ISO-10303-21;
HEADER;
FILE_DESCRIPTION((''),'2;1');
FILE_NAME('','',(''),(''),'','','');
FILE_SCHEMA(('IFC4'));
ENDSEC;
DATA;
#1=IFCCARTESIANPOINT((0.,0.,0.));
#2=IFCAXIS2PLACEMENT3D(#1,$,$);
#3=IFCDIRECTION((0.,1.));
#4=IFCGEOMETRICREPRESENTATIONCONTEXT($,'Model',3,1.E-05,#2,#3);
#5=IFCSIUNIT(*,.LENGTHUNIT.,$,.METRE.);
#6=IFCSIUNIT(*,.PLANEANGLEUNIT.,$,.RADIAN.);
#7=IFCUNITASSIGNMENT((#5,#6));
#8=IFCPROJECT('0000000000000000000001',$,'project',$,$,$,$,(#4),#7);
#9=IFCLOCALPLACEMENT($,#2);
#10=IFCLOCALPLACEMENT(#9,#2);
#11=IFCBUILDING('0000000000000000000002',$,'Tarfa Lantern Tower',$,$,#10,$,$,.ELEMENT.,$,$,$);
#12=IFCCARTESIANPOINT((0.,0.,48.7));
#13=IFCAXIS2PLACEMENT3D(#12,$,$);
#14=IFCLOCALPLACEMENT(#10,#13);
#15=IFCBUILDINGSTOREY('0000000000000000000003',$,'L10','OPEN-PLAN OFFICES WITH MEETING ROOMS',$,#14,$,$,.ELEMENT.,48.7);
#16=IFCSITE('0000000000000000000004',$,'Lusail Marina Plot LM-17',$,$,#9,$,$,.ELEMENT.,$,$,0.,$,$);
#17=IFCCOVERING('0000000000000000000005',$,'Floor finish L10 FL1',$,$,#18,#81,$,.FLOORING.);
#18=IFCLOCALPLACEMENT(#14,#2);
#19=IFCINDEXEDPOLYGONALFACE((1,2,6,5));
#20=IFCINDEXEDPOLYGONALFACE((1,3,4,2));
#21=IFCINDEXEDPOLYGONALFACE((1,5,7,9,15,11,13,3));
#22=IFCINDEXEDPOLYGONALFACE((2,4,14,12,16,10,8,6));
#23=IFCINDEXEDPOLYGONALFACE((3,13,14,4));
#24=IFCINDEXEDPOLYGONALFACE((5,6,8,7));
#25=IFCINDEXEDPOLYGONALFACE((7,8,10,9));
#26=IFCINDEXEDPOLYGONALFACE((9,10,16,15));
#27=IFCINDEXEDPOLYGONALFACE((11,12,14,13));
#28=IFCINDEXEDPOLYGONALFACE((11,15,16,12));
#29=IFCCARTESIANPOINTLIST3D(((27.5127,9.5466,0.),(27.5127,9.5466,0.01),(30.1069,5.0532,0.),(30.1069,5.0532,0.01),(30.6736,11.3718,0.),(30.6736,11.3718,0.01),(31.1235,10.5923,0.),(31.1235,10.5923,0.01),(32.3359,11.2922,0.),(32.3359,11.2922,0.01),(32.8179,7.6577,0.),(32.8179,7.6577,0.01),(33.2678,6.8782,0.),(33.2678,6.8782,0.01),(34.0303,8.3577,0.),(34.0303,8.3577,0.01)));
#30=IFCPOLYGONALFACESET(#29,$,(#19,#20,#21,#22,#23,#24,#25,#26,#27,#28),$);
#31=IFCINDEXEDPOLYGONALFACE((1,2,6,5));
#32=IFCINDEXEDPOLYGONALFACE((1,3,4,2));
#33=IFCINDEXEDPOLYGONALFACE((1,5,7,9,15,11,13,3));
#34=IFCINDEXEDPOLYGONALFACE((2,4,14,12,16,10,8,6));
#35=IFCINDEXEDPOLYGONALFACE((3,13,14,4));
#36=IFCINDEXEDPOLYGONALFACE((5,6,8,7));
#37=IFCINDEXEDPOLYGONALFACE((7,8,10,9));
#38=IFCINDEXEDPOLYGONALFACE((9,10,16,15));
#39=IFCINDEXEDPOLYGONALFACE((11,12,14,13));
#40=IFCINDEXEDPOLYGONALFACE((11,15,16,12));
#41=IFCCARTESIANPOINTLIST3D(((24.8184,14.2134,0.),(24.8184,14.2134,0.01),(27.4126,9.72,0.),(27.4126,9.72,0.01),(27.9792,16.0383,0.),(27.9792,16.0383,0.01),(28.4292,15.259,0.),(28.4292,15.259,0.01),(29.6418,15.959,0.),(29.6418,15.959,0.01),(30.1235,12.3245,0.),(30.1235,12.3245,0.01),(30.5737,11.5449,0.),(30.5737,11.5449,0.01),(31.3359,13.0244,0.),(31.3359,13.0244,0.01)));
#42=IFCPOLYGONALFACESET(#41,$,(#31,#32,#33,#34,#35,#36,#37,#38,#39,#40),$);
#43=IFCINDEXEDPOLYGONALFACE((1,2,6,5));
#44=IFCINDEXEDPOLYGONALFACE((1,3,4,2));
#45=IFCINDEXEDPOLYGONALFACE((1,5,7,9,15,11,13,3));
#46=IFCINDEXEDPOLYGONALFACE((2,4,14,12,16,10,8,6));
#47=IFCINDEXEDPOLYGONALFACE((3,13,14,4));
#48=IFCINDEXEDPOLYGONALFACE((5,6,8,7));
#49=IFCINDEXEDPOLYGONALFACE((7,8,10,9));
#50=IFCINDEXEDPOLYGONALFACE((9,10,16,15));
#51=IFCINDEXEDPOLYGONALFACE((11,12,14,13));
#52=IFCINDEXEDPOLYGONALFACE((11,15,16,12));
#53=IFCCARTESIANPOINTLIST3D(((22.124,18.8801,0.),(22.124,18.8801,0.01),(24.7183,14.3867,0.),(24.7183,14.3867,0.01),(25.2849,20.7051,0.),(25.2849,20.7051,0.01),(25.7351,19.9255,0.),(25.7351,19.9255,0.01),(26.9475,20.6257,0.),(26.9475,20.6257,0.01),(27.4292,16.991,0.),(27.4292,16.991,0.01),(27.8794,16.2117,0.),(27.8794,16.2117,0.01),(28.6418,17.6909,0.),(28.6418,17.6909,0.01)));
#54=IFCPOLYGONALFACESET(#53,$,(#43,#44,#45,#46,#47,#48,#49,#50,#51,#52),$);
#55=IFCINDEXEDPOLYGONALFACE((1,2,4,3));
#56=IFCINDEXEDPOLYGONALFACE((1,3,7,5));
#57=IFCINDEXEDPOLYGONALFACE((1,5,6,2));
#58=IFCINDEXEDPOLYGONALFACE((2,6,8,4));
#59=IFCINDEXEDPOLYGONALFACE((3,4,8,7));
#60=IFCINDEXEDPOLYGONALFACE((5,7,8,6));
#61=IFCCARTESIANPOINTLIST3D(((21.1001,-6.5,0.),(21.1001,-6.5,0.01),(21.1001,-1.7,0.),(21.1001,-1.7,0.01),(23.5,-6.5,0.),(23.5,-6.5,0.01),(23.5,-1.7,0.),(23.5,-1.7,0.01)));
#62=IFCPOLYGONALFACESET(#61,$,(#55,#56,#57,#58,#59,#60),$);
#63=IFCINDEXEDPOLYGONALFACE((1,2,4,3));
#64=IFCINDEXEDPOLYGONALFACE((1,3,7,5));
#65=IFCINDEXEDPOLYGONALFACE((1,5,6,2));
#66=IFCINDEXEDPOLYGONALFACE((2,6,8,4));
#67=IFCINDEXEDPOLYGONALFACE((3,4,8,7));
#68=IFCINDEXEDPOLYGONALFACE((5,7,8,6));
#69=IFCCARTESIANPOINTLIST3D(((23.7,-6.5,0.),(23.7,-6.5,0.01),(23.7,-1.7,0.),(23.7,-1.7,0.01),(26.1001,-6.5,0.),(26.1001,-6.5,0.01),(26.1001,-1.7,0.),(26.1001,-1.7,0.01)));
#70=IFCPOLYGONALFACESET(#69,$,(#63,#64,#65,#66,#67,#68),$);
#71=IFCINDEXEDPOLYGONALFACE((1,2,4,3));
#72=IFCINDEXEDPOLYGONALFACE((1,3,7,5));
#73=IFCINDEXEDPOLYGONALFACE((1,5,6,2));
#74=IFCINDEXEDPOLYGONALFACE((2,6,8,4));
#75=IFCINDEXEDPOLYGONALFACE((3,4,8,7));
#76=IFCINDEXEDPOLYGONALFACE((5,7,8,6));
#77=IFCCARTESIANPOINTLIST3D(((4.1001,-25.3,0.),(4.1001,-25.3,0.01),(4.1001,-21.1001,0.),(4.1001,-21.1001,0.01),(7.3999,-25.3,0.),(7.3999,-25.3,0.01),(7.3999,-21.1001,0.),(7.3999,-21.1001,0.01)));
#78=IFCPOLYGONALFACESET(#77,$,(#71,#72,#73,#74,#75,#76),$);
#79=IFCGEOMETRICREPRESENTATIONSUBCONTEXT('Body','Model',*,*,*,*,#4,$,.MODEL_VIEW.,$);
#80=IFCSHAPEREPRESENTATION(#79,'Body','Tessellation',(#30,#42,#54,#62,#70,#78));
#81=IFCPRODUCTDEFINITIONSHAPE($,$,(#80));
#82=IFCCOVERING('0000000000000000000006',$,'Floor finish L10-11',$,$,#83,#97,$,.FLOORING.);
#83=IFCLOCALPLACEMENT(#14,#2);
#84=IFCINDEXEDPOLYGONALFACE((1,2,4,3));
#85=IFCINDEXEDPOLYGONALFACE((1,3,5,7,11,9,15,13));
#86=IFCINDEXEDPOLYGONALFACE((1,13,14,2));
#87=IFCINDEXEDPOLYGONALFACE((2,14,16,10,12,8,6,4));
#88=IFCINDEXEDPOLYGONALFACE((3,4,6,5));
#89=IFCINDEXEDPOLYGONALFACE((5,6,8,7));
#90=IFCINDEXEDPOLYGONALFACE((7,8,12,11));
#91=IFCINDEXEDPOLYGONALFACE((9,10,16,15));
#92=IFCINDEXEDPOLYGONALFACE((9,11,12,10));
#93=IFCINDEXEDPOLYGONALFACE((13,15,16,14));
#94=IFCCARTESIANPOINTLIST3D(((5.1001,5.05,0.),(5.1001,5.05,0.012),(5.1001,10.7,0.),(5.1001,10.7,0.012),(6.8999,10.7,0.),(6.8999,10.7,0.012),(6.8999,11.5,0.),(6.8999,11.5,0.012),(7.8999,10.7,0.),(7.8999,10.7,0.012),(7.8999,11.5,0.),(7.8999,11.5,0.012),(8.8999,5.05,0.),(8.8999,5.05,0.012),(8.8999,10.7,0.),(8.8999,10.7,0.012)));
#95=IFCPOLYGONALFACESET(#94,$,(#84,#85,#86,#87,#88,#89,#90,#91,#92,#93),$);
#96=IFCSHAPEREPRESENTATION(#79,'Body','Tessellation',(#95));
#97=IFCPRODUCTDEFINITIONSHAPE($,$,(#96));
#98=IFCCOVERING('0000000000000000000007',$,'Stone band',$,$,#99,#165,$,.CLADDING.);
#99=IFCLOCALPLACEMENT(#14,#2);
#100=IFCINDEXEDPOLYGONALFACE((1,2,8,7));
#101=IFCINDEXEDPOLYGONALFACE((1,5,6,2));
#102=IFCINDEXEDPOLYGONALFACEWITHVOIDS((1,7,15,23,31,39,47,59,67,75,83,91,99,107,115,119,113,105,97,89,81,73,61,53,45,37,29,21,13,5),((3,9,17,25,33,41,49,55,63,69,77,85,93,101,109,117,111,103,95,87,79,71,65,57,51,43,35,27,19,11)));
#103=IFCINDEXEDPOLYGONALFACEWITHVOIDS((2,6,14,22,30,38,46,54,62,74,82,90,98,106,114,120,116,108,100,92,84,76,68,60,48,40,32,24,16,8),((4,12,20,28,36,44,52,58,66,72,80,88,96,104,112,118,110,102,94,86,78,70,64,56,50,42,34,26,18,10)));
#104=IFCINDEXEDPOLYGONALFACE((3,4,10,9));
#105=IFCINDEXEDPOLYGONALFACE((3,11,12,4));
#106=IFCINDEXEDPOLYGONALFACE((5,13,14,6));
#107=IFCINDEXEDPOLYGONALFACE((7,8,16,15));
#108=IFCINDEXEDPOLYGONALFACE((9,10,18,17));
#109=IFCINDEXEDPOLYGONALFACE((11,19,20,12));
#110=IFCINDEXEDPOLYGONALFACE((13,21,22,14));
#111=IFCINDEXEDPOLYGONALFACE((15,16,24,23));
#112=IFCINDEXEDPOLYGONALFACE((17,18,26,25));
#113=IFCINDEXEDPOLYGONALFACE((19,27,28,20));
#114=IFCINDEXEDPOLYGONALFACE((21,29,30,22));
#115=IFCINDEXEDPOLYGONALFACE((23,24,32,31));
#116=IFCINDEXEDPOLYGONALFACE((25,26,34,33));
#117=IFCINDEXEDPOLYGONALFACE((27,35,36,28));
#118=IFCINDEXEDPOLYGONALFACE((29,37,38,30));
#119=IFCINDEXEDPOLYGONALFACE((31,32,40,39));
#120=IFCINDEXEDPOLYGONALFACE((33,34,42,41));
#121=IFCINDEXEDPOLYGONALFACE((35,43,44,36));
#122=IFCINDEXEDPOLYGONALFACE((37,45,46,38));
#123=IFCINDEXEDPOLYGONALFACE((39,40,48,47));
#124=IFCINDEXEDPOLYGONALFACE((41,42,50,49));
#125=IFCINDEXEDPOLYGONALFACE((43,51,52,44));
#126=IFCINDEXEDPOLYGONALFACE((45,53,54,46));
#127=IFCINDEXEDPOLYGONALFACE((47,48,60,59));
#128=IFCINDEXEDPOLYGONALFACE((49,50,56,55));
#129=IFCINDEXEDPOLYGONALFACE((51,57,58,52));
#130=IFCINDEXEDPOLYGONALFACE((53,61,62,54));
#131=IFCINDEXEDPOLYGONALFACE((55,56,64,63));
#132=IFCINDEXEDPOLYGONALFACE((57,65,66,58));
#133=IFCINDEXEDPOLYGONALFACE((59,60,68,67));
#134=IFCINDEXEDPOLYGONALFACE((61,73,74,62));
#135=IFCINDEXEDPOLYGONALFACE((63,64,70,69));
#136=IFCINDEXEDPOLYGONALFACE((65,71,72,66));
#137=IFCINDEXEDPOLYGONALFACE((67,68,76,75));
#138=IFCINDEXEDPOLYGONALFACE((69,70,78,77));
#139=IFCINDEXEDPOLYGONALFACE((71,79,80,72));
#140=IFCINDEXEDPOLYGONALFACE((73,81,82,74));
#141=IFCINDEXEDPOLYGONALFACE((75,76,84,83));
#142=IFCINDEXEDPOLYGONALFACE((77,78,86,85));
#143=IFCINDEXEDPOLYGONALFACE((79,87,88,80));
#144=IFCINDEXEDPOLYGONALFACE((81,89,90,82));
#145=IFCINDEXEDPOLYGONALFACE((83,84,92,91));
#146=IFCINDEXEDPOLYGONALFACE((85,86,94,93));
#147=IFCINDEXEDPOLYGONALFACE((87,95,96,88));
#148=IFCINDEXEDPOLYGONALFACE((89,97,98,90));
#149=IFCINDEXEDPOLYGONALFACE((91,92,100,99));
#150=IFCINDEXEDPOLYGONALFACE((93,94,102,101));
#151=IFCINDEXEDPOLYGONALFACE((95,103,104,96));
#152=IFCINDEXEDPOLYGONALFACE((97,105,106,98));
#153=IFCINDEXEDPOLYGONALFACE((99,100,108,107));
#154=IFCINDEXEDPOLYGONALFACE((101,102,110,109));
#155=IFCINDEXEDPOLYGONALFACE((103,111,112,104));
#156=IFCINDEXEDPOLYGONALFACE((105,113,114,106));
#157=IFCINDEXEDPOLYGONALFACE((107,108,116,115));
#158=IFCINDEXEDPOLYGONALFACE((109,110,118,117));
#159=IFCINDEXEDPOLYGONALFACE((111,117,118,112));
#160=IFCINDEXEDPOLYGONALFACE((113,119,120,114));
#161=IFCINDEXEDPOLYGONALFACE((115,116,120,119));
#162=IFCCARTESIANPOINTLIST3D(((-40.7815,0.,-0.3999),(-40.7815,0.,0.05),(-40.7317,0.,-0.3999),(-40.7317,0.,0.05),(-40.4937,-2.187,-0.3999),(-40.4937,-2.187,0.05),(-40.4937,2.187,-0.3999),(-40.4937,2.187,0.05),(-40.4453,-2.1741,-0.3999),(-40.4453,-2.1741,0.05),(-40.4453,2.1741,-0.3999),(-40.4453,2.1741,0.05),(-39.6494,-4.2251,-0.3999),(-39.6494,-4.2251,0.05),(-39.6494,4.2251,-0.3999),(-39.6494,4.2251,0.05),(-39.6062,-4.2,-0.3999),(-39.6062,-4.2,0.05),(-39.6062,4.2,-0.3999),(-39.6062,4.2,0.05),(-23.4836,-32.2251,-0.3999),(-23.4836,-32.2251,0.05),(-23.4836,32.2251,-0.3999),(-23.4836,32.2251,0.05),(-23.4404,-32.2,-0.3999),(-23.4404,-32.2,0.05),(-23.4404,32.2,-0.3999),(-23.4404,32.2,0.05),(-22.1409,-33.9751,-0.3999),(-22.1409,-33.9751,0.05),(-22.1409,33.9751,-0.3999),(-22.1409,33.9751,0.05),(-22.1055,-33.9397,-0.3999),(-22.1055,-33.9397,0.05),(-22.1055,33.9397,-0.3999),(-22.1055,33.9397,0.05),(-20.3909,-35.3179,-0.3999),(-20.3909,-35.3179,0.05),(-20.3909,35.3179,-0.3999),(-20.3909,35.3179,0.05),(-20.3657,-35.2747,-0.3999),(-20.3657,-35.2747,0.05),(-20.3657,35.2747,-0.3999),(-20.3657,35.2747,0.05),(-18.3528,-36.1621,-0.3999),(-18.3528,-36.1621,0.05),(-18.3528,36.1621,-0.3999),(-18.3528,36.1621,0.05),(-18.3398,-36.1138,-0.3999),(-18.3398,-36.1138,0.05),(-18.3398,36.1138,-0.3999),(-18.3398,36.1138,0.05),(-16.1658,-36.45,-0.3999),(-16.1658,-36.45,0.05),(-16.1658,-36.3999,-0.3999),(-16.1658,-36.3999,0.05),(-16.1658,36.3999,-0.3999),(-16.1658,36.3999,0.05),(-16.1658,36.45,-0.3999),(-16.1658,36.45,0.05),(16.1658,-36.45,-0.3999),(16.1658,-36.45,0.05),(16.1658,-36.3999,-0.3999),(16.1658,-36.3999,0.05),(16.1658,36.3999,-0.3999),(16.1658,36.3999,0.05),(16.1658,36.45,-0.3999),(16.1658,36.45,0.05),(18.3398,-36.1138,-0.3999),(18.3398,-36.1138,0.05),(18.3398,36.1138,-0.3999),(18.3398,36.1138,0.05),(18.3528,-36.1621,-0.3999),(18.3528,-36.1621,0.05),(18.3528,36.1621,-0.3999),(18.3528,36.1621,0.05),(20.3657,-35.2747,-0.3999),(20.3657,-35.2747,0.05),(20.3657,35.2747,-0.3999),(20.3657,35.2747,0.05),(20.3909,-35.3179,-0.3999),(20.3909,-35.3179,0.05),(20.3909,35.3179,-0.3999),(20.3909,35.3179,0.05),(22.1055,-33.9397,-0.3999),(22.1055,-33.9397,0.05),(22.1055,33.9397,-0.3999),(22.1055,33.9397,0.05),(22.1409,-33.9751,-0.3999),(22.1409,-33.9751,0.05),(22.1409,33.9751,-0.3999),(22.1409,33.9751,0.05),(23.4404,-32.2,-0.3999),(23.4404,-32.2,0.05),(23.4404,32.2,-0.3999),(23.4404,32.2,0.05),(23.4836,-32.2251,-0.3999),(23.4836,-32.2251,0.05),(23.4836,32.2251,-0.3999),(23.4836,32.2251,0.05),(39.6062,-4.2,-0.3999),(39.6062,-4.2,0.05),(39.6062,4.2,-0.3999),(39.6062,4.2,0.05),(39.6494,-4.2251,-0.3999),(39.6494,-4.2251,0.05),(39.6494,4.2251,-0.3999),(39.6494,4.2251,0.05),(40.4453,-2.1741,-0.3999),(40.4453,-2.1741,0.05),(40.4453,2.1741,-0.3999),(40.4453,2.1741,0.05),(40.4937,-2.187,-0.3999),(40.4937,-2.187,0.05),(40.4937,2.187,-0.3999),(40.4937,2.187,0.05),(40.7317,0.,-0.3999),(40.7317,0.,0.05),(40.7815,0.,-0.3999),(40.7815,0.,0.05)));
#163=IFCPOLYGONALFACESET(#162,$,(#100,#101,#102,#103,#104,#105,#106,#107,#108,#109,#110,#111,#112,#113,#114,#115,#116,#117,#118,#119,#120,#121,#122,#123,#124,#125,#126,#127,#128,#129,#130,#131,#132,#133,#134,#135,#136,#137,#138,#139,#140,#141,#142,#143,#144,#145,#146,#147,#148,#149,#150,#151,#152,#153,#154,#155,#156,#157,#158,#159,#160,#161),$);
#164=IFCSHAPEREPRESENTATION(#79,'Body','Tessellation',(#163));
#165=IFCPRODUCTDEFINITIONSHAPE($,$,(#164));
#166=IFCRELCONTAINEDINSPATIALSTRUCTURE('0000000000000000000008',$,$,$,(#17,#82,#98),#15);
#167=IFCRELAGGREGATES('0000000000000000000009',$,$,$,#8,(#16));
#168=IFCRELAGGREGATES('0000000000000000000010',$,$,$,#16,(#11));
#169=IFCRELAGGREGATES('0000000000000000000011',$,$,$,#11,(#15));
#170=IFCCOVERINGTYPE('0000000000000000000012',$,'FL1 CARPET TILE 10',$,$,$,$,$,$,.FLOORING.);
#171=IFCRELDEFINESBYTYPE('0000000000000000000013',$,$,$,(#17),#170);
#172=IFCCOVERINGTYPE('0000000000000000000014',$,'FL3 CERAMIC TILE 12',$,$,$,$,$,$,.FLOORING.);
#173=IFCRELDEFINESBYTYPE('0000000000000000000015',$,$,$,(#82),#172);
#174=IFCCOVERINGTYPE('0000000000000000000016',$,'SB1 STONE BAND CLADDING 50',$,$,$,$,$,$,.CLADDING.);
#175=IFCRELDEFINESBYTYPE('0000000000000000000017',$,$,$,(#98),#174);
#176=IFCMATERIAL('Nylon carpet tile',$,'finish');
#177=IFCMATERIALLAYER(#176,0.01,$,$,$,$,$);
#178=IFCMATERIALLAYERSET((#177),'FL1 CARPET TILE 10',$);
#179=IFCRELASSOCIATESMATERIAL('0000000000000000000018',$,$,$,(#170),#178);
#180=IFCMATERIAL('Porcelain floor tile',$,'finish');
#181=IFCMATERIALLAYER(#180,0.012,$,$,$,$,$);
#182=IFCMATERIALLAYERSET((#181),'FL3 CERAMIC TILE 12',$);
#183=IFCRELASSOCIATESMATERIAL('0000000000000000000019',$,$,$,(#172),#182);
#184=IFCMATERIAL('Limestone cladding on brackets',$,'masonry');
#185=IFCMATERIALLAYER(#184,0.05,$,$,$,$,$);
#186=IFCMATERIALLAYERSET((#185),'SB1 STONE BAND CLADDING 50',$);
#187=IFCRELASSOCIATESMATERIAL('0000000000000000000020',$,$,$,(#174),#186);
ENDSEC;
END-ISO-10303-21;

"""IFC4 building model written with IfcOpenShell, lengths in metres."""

from ifc_helpers import new_model, si_unit, direction, frame, origin, place, context, subcontext, project, spatial, polyline, outline, extrude, material, layer, layer_set, type_object, element, save


model = new_model("IFC4")

# Units and contexts
model_context = context("Model", 3, precision=1e-05, world=origin(), true_north=direction((0.0, 1.0)))
body_context = subcontext(model_context, "Body", "Model", "MODEL_VIEW")
ifc_project = project(units=[si_unit("LENGTHUNIT", "METRE"), si_unit("PLANEANGLEUNIT", "RADIAN")], contexts=[model_context])

# Site, building, storey
site_placement = place(None, origin())
site = spatial("IfcSite", under=ifc_project, at=site_placement, Name="Lusail Marina Plot LM-17", CompositionType="ELEMENT", RefElevation=0.0)
building_placement = place(site_placement, origin())
building = spatial("IfcBuilding", under=site, at=building_placement, Name="Tarfa Lantern Tower", CompositionType="ELEMENT")
storey_placement = place(building_placement, frame((0.0, 0.0, 48.7)))
storey = spatial("IfcBuildingStorey", under=building, at=storey_placement, Name="L10", Description="OPEN-PLAN OFFICES WITH MEETING ROOMS", CompositionType="ELEMENT", Elevation=48.7)

# Coverings
ifc_material_1 = material(Name="Nylon carpet tile", Category="finish")
ifc_layer_1 = layer(ifc_material_1, 0.01)
ifc_layer_set_1 = layer_set([ifc_layer_1], Name="FL1 CARPET TILE 10")
covering_type_1 = type_object("IfcCoveringType", Name="FL1 CARPET TILE 10", PredefinedType="FLOORING", material=ifc_layer_set_1)
covering_1_placement = place(storey_placement, origin())
element("IfcCovering", 1, at=covering_1_placement, inside=storey, type_object=covering_type_1, Name="Floor finish L10 FL1", PredefinedType="FLOORING", context=body_context, shape_type="SweptSolid", body=[
    extrude(outline(polyline([(27.5127, 9.5466), (30.6736, 11.3718), (31.1235, 10.5923), (32.3359, 11.2922), (34.0303, 8.3577), (32.8179, 7.6577), (33.2678, 6.8782), (30.1069, 5.0532), (27.5127, 9.5466)])), origin(), (0.0, 0.0, 1.0), 0.01),
    extrude(outline(polyline([(24.8184, 14.2134), (27.9792, 16.0383), (28.4292, 15.259), (29.6418, 15.959), (31.3359, 13.0244), (30.1235, 12.3245), (30.5737, 11.5449), (27.4126, 9.72), (24.8184, 14.2134)])), origin(), (0.0, 0.0, 1.0), 0.01),
    extrude(outline(polyline([(22.124, 18.8801), (25.2849, 20.7051), (25.7351, 19.9255), (26.9475, 20.6257), (28.6418, 17.6909), (27.4292, 16.991), (27.8794, 16.2117), (24.7183, 14.3867), (22.124, 18.8801)])), origin(), (0.0, 0.0, 1.0), 0.01),
    extrude(outline(polyline([(21.1001, -1.7), (23.5, -1.7), (23.5, -6.5), (21.1001, -6.5), (21.1001, -1.7)])), origin(), (0.0, 0.0, 1.0), 0.01),
    extrude(outline(polyline([(23.7, -1.7), (26.1001, -1.7), (26.1001, -6.5), (23.7, -6.5), (23.7, -1.7)])), origin(), (0.0, 0.0, 1.0), 0.01),
    extrude(outline(polyline([(7.3999, -25.3), (4.1001, -25.3), (4.1001, -21.1001), (7.3999, -21.1001), (7.3999, -25.3)])), origin(), (0.0, 0.0, 1.0), 0.01),
])
ifc_material_2 = material(Name="Porcelain floor tile", Category="finish")
ifc_layer_2 = layer(ifc_material_2, 0.012)
ifc_layer_set_2 = layer_set([ifc_layer_2], Name="FL3 CERAMIC TILE 12")
covering_type_2 = type_object("IfcCoveringType", Name="FL3 CERAMIC TILE 12", PredefinedType="FLOORING", material=ifc_layer_set_2)
covering_2_placement = place(storey_placement, origin())
element("IfcCovering", 2, at=covering_2_placement, inside=storey, type_object=covering_type_2, Name="Floor finish L10-11", PredefinedType="FLOORING", context=body_context, shape_type="SweptSolid", body=[
    extrude(outline(polyline([(5.1001, 5.05), (8.8999, 5.05), (8.8999, 10.7), (7.8999, 10.7), (7.8999, 11.5), (6.8999, 11.5), (6.8999, 10.7), (5.1001, 10.7), (5.1001, 5.05)])), origin(), (0.0, 0.0, 1.0), 0.012),
])
ifc_material_3 = material(Name="Limestone cladding on brackets", Category="masonry")
ifc_layer_3 = layer(ifc_material_3, 0.05)
ifc_layer_set_3 = layer_set([ifc_layer_3], Name="SB1 STONE BAND CLADDING 50")
covering_type_3 = type_object("IfcCoveringType", Name="SB1 STONE BAND CLADDING 50", PredefinedType="CLADDING", material=ifc_layer_set_3)
covering_3_placement = place(storey_placement, frame((0.0, 0.0, -0.3999)))
element("IfcCovering", 3, at=covering_3_placement, inside=storey, type_object=covering_type_3, Name="Stone band", PredefinedType="CLADDING", context=body_context, shape_type="SweptSolid", body=[
    extrude(outline(polyline([(39.6494, 4.2251), (23.4836, 32.2251), (22.1409, 33.9751), (20.3909, 35.3179), (18.3528, 36.1621), (16.1658, 36.45), (-16.1658, 36.45), (-18.3528, 36.1621), (-20.3909, 35.3179), (-22.1409, 33.9751), (-23.4836, 32.2251), (-39.6494, 4.2251), (-40.4937, 2.187), (-40.7815, 0.0), (-40.4937, -2.187), (-39.6494, -4.2251), (-23.4836, -32.2251), (-22.1409, -33.9751), (-20.3909, -35.3179), (-18.3528, -36.1621), (-16.1658, -36.45), (16.1658, -36.45), (18.3528, -36.1621), (20.3909, -35.3179), (22.1409, -33.9751), (23.4836, -32.2251), (39.6494, -4.2251), (40.4937, -2.187), (40.7815, 0.0), (40.4937, 2.187), (39.6494, 4.2251)]), holes=[polyline([(39.6062, 4.2), (23.4404, 32.2), (22.1055, 33.9397), (20.3657, 35.2747), (18.3398, 36.1138), (16.1658, 36.3999), (-16.1658, 36.3999), (-18.3398, 36.1138), (-20.3657, 35.2747), (-22.1055, 33.9397), (-23.4404, 32.2), (-39.6062, 4.2), (-40.4453, 2.1741), (-40.7317, 0.0), (-40.4453, -2.1741), (-39.6062, -4.2), (-23.4404, -32.2), (-22.1055, -33.9397), (-20.3657, -35.2747), (-18.3398, -36.1138), (-16.1658, -36.3999), (16.1658, -36.3999), (18.3398, -36.1138), (20.3657, -35.2747), (22.1055, -33.9397), (23.4404, -32.2), (39.6062, -4.2), (40.4453, -2.1741), (40.7317, 0.0), (40.4453, 2.1741), (39.6062, 4.2)])]), origin(), (0.0, 0.0, 1.0), 0.45),
])

save(model, "model.ifc")
